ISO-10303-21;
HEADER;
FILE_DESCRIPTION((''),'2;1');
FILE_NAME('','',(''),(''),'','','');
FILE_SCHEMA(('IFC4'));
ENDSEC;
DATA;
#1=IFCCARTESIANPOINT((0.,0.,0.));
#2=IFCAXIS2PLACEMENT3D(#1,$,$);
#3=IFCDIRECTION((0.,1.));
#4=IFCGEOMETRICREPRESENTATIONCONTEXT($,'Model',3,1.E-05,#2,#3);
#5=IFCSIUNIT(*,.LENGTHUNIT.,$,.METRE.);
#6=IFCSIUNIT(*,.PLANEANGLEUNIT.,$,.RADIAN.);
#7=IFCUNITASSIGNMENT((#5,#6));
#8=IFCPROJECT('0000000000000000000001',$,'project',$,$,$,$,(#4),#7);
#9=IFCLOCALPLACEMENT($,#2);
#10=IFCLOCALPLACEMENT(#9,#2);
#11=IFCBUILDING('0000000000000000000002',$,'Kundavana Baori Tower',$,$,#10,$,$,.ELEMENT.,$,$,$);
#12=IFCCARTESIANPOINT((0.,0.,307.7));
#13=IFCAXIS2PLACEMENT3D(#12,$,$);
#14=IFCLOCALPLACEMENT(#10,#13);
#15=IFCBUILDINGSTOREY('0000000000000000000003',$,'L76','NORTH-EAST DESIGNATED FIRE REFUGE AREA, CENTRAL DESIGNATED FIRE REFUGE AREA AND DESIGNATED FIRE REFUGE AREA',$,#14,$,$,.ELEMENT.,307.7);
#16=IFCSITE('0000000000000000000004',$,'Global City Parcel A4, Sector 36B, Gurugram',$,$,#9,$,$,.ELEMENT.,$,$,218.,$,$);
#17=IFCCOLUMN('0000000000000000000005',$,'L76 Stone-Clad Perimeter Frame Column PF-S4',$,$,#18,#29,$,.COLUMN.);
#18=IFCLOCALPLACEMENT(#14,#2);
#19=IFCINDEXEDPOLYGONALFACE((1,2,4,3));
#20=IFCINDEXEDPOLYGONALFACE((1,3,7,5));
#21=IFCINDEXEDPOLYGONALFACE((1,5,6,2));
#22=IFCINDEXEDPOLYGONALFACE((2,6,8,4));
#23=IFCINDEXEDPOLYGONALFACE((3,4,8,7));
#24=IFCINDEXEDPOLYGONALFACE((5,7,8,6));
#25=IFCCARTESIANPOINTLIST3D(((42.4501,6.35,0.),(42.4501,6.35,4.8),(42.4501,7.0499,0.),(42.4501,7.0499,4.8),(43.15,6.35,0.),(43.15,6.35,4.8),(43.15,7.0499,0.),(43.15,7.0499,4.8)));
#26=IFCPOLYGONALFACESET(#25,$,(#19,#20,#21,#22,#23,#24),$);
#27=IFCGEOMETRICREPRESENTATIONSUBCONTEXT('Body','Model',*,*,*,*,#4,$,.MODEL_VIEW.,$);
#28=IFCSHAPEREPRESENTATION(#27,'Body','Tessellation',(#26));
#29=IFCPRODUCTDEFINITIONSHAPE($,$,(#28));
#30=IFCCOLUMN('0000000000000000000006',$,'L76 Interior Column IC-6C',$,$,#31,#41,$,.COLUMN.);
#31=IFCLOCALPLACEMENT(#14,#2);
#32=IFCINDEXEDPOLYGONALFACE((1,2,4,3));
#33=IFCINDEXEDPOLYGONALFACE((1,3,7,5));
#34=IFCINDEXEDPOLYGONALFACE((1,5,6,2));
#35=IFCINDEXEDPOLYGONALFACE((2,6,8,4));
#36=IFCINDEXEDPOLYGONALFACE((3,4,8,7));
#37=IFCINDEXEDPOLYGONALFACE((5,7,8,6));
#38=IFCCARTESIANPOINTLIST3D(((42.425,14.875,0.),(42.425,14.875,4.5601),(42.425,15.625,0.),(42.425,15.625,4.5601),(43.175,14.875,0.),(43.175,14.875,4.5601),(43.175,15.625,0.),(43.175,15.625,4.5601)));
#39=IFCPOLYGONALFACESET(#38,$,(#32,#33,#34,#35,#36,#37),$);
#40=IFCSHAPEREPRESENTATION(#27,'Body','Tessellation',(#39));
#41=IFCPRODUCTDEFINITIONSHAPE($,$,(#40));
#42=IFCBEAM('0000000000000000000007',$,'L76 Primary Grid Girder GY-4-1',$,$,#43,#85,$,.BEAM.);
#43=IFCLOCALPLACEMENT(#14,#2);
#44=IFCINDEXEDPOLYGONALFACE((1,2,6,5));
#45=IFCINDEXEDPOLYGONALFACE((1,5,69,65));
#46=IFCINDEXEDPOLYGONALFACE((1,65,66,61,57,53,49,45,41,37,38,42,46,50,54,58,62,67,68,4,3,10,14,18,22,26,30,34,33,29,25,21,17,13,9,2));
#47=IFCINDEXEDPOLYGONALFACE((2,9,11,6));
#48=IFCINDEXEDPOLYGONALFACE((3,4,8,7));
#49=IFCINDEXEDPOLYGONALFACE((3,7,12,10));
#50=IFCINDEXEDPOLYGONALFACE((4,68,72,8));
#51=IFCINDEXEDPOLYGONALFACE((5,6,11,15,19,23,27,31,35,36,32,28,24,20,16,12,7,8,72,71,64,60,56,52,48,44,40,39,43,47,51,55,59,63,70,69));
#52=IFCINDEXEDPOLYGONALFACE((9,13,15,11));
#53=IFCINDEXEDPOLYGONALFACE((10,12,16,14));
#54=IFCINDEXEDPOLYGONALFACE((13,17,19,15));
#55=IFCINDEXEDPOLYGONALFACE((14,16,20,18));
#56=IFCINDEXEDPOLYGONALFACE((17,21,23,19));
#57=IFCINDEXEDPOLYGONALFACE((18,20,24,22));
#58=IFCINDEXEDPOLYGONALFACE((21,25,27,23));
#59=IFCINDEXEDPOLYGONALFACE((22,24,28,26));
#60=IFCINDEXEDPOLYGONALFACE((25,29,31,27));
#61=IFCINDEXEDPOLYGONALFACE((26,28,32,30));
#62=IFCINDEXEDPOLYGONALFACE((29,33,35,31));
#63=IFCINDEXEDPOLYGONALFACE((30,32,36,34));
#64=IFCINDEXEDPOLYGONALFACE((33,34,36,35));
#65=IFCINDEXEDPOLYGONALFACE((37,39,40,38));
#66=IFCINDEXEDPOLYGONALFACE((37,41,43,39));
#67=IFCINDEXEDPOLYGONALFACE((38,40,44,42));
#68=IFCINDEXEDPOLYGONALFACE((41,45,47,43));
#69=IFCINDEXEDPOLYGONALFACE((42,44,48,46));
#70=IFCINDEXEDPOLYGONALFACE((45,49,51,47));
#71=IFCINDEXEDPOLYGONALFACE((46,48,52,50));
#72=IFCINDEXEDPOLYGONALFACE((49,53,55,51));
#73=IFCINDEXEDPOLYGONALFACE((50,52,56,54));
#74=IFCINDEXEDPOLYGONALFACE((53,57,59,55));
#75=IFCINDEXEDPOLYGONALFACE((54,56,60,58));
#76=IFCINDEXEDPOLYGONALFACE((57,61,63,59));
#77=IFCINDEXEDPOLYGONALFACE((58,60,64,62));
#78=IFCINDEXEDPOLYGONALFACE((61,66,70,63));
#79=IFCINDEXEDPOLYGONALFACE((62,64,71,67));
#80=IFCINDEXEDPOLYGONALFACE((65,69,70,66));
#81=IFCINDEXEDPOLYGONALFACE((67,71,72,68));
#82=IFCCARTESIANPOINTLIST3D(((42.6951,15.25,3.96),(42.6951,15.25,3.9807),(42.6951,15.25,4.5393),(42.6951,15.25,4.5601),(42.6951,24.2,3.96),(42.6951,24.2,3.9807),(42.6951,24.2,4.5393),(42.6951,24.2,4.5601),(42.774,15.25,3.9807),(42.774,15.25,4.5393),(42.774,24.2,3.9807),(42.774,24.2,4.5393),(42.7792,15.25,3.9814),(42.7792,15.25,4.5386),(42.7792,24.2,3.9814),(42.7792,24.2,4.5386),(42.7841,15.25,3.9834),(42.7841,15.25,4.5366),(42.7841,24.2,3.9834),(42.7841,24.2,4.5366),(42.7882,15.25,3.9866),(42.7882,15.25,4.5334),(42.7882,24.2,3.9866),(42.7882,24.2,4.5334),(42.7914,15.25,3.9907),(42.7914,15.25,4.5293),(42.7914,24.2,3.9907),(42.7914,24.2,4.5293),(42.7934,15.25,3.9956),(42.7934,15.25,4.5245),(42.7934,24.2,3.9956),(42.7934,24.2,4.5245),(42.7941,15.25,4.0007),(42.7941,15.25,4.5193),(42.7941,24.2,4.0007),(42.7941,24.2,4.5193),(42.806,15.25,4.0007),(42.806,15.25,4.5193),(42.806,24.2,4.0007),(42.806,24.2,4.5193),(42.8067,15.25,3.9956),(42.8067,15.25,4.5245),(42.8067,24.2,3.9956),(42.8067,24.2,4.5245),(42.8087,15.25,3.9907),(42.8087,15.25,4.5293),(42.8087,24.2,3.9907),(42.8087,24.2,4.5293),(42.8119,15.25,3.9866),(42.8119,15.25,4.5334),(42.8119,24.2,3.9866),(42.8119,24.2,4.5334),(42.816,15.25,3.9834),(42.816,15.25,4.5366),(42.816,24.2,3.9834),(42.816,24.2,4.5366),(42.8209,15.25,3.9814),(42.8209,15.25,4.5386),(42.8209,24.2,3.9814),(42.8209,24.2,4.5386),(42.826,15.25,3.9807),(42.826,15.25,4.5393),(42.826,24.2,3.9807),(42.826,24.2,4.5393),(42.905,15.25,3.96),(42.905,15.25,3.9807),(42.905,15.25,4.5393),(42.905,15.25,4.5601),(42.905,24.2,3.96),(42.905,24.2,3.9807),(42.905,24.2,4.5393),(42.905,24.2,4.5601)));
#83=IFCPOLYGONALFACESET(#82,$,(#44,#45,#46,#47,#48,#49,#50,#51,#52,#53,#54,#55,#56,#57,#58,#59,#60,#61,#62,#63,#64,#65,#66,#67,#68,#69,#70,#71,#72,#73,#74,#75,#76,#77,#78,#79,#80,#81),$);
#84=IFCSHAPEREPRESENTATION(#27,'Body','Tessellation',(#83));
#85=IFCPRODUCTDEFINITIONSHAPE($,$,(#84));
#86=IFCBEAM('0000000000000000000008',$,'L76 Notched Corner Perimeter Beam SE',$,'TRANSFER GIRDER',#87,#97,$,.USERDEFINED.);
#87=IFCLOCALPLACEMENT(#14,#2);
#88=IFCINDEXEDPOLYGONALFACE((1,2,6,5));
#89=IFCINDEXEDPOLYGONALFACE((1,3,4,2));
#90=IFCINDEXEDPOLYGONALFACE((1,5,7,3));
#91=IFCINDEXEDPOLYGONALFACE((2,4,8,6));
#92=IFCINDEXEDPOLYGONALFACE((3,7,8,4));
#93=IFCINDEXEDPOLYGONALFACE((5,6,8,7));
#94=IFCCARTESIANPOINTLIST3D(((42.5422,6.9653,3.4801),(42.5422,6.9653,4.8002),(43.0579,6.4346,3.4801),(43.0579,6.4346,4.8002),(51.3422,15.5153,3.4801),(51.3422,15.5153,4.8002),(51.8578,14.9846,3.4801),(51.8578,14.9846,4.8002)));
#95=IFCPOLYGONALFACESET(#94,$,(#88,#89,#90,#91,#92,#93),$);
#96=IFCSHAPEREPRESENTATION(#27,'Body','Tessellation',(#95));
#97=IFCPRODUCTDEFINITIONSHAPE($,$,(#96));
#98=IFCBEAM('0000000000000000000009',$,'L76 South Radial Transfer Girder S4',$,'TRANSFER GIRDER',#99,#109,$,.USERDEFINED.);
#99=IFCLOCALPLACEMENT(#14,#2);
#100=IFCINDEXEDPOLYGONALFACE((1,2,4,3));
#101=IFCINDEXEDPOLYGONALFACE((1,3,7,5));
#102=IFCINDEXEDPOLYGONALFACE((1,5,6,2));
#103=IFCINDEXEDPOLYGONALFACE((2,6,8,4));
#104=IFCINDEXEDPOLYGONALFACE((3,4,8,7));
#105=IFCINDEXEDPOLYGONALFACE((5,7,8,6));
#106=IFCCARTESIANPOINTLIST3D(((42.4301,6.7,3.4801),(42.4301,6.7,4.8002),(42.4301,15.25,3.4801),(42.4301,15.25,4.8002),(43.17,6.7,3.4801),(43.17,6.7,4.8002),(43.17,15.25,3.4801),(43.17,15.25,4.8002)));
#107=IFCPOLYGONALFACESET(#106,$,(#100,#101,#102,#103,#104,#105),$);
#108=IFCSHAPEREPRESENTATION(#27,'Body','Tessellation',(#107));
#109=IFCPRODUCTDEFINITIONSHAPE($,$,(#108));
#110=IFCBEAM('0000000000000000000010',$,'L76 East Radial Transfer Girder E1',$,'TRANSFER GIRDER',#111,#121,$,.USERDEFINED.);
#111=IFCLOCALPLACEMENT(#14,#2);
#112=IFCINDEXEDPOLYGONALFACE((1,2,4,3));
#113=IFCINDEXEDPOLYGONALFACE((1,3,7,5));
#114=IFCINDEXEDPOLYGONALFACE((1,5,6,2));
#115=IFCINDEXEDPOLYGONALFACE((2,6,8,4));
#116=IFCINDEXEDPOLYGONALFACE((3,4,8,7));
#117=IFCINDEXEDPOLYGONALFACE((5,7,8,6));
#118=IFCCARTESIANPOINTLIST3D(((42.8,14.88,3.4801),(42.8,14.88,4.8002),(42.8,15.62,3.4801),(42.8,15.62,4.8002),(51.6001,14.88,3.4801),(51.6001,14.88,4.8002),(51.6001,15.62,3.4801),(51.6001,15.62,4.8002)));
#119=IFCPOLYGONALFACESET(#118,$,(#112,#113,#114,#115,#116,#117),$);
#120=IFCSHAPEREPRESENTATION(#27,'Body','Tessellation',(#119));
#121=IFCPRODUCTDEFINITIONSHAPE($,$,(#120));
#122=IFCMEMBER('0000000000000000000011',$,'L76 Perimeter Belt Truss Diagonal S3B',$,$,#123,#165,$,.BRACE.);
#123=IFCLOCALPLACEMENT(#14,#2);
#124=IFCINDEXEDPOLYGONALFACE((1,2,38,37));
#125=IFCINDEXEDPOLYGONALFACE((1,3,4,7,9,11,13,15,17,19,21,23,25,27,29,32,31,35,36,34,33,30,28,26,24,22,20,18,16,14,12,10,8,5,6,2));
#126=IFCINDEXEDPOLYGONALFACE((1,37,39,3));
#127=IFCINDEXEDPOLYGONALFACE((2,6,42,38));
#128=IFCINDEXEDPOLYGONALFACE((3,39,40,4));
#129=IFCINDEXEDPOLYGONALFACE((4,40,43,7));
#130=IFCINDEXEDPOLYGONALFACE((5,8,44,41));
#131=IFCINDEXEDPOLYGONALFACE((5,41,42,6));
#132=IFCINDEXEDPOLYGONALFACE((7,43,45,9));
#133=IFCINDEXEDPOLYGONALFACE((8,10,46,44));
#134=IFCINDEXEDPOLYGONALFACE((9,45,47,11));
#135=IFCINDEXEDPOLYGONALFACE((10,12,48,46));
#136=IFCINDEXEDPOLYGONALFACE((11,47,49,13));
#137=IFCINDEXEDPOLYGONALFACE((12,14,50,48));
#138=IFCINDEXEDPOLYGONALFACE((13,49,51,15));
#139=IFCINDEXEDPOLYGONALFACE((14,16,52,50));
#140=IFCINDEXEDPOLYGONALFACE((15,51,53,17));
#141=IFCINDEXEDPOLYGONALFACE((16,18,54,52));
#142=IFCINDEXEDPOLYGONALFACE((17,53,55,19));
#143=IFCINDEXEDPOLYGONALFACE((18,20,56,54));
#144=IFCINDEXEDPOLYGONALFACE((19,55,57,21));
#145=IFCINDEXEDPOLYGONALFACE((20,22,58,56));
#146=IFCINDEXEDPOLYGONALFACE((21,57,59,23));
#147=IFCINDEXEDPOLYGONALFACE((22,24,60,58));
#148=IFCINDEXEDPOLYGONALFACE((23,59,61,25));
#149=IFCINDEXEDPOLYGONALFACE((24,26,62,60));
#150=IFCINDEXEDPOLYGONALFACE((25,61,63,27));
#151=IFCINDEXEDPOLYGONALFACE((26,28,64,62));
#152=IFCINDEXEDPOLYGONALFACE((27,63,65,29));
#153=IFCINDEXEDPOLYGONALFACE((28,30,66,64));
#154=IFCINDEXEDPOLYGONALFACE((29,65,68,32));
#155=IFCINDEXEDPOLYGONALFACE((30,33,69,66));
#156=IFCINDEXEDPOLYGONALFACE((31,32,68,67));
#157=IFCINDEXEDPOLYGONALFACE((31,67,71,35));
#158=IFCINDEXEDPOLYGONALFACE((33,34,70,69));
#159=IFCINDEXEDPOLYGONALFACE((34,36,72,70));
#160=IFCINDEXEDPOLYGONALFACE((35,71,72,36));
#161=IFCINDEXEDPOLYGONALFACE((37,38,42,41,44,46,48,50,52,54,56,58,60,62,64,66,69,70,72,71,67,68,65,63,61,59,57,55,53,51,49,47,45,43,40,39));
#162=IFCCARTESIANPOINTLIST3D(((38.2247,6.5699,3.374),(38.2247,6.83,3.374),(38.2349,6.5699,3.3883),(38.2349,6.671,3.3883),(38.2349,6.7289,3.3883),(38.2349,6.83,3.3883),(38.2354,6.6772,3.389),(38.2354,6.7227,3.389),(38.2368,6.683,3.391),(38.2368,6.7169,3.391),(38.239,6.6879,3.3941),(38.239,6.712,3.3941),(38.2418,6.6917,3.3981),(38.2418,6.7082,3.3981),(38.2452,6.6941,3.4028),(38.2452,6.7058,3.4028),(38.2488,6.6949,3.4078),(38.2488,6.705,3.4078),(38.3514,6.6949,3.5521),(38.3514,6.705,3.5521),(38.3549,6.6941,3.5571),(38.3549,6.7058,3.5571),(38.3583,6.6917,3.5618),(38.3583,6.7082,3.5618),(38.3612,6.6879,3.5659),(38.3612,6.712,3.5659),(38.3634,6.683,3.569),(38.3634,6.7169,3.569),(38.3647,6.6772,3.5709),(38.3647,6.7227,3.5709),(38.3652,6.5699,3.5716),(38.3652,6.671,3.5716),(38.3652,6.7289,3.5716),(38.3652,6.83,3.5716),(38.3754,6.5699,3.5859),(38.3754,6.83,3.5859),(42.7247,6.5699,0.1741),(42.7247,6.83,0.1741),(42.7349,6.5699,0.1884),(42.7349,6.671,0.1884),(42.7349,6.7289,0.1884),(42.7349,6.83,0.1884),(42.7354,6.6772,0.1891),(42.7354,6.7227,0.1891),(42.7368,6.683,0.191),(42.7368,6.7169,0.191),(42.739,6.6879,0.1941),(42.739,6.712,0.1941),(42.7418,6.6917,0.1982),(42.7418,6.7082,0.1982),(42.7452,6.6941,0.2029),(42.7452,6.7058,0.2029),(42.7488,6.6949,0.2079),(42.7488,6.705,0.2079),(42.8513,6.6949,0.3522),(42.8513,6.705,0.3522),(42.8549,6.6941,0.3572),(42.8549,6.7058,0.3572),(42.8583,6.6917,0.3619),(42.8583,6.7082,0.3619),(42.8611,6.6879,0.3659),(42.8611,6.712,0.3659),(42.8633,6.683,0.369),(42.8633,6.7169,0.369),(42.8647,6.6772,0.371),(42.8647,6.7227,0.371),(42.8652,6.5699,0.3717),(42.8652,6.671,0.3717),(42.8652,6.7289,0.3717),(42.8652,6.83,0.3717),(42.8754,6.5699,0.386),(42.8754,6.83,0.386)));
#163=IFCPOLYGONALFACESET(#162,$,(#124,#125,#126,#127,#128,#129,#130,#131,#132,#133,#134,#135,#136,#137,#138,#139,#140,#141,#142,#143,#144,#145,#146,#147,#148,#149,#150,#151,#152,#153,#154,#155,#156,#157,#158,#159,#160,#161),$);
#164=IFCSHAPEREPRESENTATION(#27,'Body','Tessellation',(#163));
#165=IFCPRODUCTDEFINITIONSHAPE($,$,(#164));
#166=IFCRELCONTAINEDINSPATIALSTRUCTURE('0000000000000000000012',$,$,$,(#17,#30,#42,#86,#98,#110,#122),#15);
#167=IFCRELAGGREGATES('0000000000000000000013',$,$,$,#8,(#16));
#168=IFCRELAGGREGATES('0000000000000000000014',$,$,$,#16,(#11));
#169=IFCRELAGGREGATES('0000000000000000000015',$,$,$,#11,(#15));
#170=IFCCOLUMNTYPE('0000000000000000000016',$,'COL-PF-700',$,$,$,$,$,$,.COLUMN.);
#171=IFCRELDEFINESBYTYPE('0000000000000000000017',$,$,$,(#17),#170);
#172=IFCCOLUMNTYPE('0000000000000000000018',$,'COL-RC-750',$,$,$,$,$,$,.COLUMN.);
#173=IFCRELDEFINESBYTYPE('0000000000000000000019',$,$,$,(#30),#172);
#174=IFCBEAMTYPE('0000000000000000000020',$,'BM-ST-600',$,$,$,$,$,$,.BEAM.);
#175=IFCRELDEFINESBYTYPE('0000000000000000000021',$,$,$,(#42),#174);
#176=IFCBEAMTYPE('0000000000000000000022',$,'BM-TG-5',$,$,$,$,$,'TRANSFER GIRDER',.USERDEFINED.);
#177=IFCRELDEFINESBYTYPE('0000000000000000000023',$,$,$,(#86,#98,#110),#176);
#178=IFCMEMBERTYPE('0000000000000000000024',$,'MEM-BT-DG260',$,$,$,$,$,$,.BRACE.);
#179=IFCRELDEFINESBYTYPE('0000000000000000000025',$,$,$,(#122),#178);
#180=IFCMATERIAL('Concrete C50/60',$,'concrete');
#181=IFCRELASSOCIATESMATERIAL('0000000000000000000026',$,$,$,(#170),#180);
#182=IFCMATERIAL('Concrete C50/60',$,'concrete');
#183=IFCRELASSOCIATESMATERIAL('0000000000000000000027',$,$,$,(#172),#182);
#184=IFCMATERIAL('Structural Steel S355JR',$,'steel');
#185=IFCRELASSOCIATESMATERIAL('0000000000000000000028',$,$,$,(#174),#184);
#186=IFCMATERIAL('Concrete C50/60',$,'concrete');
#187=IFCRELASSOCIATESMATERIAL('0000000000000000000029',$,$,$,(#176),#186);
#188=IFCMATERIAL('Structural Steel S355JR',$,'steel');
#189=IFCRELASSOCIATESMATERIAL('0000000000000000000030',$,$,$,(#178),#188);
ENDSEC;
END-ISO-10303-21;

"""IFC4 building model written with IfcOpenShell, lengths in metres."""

from ifc_helpers import new_model, si_unit, direction, frame, origin, origin_2d, place, context, subcontext, project, spatial, rectangle, i_section, extrude, material, material_profile, profile_set, type_object, element, save


model = new_model("IFC4")

# Units and contexts
model_context = context("Model", 3, precision=1e-05, world=origin(), true_north=direction((0.0, 1.0)))
body_context = subcontext(model_context, "Body", "Model", "MODEL_VIEW")
ifc_project = project(units=[si_unit("LENGTHUNIT", "METRE"), si_unit("PLANEANGLEUNIT", "RADIAN")], contexts=[model_context])

# Site, building, storey
site_placement = place(None, origin())
site = spatial("IfcSite", under=ifc_project, at=site_placement, Name="Global City Parcel A4, Sector 36B, Gurugram", CompositionType="ELEMENT", RefElevation=218.0)
building_placement = place(site_placement, origin())
building = spatial("IfcBuilding", under=site, at=building_placement, Name="Kundavana Baori Tower", CompositionType="ELEMENT")
storey_placement = place(building_placement, frame((0.0, 0.0, 307.7)))
storey = spatial("IfcBuildingStorey", under=building, at=storey_placement, Name="L76", Description="NORTH-EAST DESIGNATED FIRE REFUGE AREA, CENTRAL DESIGNATED FIRE REFUGE AREA AND DESIGNATED FIRE REFUGE AREA", CompositionType="ELEMENT", Elevation=307.7)

# Columns
ifc_material_1 = material(Name="Concrete C50/60", Category="concrete")
ifc_material_profile_1 = material_profile(ifc_material_1, rectangle(XDim=0.7, YDim=0.7, at=origin_2d()), Name="RC PF 700x700")
ifc_profile_set_1 = profile_set([ifc_material_profile_1], Name="Concrete C50/60")
column_type_1 = type_object("IfcColumnType", Name="COL-PF-700", PredefinedType="COLUMN", material=ifc_profile_set_1)
column_1_placement = place(storey_placement, frame((42.8, 6.7, 0.0), z_axis=(0.0, 0.0, 1.0), x_axis=(1.0, 0.0, 0.0)))
element("IfcColumn", 1, at=column_1_placement, inside=storey, type_object=column_type_1, Name="L76 Stone-Clad Perimeter Frame Column PF-S4", PredefinedType="COLUMN", context=body_context, shape_type="SweptSolid", body=[
    extrude(rectangle(XDim=0.7, YDim=0.7, at=origin_2d()), origin(), (0.0, 0.0, 1.0), 4.8),
])
ifc_material_2 = material(Name="Concrete C50/60", Category="concrete")
ifc_material_profile_2 = material_profile(ifc_material_2, rectangle(XDim=0.75, YDim=0.75, at=origin_2d()), Name="RC 750x750")
ifc_profile_set_2 = profile_set([ifc_material_profile_2], Name="Concrete C50/60")
column_type_2 = type_object("IfcColumnType", Name="COL-RC-750", PredefinedType="COLUMN", material=ifc_profile_set_2)
column_2_placement = place(storey_placement, frame((42.8, 15.25, 0.0), z_axis=(0.0, 0.0, 1.0), x_axis=(1.0, 0.0, 0.0)))
element("IfcColumn", 2, at=column_2_placement, inside=storey, type_object=column_type_2, Name="L76 Interior Column IC-6C", PredefinedType="COLUMN", context=body_context, shape_type="SweptSolid", body=[
    extrude(rectangle(XDim=0.75, YDim=0.75, at=origin_2d()), origin(), (0.0, 0.0, 1.0), 4.5601),
])

# Beams
ifc_material_3 = material(Name="Structural Steel S355JR", Category="steel")
ifc_material_profile_3 = material_profile(ifc_material_3, i_section(OverallWidth=0.21, OverallDepth=0.6001, WebThickness=0.012, FlangeThickness=0.0208, FilletRadius=0.02, at=origin_2d()), Name="ISMB 600")
ifc_profile_set_3 = profile_set([ifc_material_profile_3], Name="Structural Steel S355JR")
beam_type_1 = type_object("IfcBeamType", Name="BM-ST-600", PredefinedType="BEAM", material=ifc_profile_set_3)
beam_1_placement = place(storey_placement, frame((42.8, 15.25, 4.26), z_axis=(0.0, 1.0, 0.0), x_axis=(-1.0, 0.0, 0.0)))
element("IfcBeam", 3, at=beam_1_placement, inside=storey, type_object=beam_type_1, Name="L76 Primary Grid Girder GY-4-1", PredefinedType="BEAM", context=body_context, shape_type="SweptSolid", body=[
    extrude(i_section(OverallWidth=0.21, OverallDepth=0.6001, WebThickness=0.012, FlangeThickness=0.0208, FilletRadius=0.02, at=origin_2d()), origin(), (0.0, 0.0, 1.0), 8.95),
])
ifc_material_4 = material(Name="Concrete C50/60", Category="concrete")
ifc_material_profile_4 = material_profile(ifc_material_4, rectangle(XDim=0.74, YDim=1.3201, at=origin_2d()), Name="BM-TG-5")
ifc_profile_set_4 = profile_set([ifc_material_profile_4], Name="Concrete C50/60")
beam_type_2 = type_object("IfcBeamType", Name="BM-TG-5", ElementType="TRANSFER GIRDER", PredefinedType="USERDEFINED", material=ifc_profile_set_4)
beam_2_placement = place(storey_placement, frame((42.8, 6.7, 4.1401), z_axis=(0.717221, 0.696846, 0.0), x_axis=(-0.696846, 0.717221, 0.0)))
element("IfcBeam", 4, at=beam_2_placement, inside=storey, type_object=beam_type_2, Name="L76 Notched Corner Perimeter Beam SE", ObjectType="TRANSFER GIRDER", PredefinedType="USERDEFINED", context=body_context, shape_type="SweptSolid", body=[
    extrude(rectangle(XDim=0.74, YDim=1.3201, at=origin_2d()), origin(), (0.0, 0.0, 1.0), 12.2695),
])
beam_3_placement = place(storey_placement, frame((42.8, 15.25, 4.1401), z_axis=(0.0, -1.0, 0.0), x_axis=(1.0, 0.0, 0.0)))
element("IfcBeam", 5, at=beam_3_placement, inside=storey, type_object=beam_type_2, Name="L76 South Radial Transfer Girder S4", ObjectType="TRANSFER GIRDER", PredefinedType="USERDEFINED", context=body_context, shape_type="SweptSolid", body=[
    extrude(rectangle(XDim=0.74, YDim=1.3201, at=origin_2d()), origin(), (0.0, 0.0, 1.0), 8.55),
])
beam_4_placement = place(storey_placement, frame((42.8, 15.25, 4.1401), z_axis=(1.0, 0.0, 0.0), x_axis=(0.0, 1.0, 0.0)))
element("IfcBeam", 6, at=beam_4_placement, inside=storey, type_object=beam_type_2, Name="L76 East Radial Transfer Girder E1", ObjectType="TRANSFER GIRDER", PredefinedType="USERDEFINED", context=body_context, shape_type="SweptSolid", body=[
    extrude(rectangle(XDim=0.74, YDim=1.3201, at=origin_2d()), origin(), (0.0, 0.0, 1.0), 8.8),
])

# Member
ifc_material_5 = material(Name="Structural Steel S355JR", Category="steel")
ifc_material_profile_5 = material_profile(ifc_material_5, i_section(OverallWidth=0.26, OverallDepth=0.26, WebThickness=0.01, FlangeThickness=0.0176, FilletRadius=0.0239, at=origin_2d()), Name="WPB 260x260x93")
ifc_profile_set_5 = profile_set([ifc_material_profile_5], Name="Structural Steel S355JR")
member_type_1 = type_object("IfcMemberType", Name="MEM-BT-DG260", PredefinedType="BRACE", material=ifc_profile_set_5)
member_1_placement = place(storey_placement, frame((42.8, 6.7, 0.28), z_axis=(-0.81496, 0.0, 0.579518), x_axis=(0.0, -1.0, 0.0)))
element("IfcMember", 7, at=member_1_placement, inside=storey, type_object=member_type_1, Name="L76 Perimeter Belt Truss Diagonal S3B", PredefinedType="BRACE", context=body_context, shape_type="SweptSolid", body=[
    extrude(i_section(OverallWidth=0.26, OverallDepth=0.26, WebThickness=0.01, FlangeThickness=0.0176, FilletRadius=0.0239, at=origin_2d()), origin(), (0.0, 0.0, 1.0), 5.5217),
])

save(model, "model.ifc")
